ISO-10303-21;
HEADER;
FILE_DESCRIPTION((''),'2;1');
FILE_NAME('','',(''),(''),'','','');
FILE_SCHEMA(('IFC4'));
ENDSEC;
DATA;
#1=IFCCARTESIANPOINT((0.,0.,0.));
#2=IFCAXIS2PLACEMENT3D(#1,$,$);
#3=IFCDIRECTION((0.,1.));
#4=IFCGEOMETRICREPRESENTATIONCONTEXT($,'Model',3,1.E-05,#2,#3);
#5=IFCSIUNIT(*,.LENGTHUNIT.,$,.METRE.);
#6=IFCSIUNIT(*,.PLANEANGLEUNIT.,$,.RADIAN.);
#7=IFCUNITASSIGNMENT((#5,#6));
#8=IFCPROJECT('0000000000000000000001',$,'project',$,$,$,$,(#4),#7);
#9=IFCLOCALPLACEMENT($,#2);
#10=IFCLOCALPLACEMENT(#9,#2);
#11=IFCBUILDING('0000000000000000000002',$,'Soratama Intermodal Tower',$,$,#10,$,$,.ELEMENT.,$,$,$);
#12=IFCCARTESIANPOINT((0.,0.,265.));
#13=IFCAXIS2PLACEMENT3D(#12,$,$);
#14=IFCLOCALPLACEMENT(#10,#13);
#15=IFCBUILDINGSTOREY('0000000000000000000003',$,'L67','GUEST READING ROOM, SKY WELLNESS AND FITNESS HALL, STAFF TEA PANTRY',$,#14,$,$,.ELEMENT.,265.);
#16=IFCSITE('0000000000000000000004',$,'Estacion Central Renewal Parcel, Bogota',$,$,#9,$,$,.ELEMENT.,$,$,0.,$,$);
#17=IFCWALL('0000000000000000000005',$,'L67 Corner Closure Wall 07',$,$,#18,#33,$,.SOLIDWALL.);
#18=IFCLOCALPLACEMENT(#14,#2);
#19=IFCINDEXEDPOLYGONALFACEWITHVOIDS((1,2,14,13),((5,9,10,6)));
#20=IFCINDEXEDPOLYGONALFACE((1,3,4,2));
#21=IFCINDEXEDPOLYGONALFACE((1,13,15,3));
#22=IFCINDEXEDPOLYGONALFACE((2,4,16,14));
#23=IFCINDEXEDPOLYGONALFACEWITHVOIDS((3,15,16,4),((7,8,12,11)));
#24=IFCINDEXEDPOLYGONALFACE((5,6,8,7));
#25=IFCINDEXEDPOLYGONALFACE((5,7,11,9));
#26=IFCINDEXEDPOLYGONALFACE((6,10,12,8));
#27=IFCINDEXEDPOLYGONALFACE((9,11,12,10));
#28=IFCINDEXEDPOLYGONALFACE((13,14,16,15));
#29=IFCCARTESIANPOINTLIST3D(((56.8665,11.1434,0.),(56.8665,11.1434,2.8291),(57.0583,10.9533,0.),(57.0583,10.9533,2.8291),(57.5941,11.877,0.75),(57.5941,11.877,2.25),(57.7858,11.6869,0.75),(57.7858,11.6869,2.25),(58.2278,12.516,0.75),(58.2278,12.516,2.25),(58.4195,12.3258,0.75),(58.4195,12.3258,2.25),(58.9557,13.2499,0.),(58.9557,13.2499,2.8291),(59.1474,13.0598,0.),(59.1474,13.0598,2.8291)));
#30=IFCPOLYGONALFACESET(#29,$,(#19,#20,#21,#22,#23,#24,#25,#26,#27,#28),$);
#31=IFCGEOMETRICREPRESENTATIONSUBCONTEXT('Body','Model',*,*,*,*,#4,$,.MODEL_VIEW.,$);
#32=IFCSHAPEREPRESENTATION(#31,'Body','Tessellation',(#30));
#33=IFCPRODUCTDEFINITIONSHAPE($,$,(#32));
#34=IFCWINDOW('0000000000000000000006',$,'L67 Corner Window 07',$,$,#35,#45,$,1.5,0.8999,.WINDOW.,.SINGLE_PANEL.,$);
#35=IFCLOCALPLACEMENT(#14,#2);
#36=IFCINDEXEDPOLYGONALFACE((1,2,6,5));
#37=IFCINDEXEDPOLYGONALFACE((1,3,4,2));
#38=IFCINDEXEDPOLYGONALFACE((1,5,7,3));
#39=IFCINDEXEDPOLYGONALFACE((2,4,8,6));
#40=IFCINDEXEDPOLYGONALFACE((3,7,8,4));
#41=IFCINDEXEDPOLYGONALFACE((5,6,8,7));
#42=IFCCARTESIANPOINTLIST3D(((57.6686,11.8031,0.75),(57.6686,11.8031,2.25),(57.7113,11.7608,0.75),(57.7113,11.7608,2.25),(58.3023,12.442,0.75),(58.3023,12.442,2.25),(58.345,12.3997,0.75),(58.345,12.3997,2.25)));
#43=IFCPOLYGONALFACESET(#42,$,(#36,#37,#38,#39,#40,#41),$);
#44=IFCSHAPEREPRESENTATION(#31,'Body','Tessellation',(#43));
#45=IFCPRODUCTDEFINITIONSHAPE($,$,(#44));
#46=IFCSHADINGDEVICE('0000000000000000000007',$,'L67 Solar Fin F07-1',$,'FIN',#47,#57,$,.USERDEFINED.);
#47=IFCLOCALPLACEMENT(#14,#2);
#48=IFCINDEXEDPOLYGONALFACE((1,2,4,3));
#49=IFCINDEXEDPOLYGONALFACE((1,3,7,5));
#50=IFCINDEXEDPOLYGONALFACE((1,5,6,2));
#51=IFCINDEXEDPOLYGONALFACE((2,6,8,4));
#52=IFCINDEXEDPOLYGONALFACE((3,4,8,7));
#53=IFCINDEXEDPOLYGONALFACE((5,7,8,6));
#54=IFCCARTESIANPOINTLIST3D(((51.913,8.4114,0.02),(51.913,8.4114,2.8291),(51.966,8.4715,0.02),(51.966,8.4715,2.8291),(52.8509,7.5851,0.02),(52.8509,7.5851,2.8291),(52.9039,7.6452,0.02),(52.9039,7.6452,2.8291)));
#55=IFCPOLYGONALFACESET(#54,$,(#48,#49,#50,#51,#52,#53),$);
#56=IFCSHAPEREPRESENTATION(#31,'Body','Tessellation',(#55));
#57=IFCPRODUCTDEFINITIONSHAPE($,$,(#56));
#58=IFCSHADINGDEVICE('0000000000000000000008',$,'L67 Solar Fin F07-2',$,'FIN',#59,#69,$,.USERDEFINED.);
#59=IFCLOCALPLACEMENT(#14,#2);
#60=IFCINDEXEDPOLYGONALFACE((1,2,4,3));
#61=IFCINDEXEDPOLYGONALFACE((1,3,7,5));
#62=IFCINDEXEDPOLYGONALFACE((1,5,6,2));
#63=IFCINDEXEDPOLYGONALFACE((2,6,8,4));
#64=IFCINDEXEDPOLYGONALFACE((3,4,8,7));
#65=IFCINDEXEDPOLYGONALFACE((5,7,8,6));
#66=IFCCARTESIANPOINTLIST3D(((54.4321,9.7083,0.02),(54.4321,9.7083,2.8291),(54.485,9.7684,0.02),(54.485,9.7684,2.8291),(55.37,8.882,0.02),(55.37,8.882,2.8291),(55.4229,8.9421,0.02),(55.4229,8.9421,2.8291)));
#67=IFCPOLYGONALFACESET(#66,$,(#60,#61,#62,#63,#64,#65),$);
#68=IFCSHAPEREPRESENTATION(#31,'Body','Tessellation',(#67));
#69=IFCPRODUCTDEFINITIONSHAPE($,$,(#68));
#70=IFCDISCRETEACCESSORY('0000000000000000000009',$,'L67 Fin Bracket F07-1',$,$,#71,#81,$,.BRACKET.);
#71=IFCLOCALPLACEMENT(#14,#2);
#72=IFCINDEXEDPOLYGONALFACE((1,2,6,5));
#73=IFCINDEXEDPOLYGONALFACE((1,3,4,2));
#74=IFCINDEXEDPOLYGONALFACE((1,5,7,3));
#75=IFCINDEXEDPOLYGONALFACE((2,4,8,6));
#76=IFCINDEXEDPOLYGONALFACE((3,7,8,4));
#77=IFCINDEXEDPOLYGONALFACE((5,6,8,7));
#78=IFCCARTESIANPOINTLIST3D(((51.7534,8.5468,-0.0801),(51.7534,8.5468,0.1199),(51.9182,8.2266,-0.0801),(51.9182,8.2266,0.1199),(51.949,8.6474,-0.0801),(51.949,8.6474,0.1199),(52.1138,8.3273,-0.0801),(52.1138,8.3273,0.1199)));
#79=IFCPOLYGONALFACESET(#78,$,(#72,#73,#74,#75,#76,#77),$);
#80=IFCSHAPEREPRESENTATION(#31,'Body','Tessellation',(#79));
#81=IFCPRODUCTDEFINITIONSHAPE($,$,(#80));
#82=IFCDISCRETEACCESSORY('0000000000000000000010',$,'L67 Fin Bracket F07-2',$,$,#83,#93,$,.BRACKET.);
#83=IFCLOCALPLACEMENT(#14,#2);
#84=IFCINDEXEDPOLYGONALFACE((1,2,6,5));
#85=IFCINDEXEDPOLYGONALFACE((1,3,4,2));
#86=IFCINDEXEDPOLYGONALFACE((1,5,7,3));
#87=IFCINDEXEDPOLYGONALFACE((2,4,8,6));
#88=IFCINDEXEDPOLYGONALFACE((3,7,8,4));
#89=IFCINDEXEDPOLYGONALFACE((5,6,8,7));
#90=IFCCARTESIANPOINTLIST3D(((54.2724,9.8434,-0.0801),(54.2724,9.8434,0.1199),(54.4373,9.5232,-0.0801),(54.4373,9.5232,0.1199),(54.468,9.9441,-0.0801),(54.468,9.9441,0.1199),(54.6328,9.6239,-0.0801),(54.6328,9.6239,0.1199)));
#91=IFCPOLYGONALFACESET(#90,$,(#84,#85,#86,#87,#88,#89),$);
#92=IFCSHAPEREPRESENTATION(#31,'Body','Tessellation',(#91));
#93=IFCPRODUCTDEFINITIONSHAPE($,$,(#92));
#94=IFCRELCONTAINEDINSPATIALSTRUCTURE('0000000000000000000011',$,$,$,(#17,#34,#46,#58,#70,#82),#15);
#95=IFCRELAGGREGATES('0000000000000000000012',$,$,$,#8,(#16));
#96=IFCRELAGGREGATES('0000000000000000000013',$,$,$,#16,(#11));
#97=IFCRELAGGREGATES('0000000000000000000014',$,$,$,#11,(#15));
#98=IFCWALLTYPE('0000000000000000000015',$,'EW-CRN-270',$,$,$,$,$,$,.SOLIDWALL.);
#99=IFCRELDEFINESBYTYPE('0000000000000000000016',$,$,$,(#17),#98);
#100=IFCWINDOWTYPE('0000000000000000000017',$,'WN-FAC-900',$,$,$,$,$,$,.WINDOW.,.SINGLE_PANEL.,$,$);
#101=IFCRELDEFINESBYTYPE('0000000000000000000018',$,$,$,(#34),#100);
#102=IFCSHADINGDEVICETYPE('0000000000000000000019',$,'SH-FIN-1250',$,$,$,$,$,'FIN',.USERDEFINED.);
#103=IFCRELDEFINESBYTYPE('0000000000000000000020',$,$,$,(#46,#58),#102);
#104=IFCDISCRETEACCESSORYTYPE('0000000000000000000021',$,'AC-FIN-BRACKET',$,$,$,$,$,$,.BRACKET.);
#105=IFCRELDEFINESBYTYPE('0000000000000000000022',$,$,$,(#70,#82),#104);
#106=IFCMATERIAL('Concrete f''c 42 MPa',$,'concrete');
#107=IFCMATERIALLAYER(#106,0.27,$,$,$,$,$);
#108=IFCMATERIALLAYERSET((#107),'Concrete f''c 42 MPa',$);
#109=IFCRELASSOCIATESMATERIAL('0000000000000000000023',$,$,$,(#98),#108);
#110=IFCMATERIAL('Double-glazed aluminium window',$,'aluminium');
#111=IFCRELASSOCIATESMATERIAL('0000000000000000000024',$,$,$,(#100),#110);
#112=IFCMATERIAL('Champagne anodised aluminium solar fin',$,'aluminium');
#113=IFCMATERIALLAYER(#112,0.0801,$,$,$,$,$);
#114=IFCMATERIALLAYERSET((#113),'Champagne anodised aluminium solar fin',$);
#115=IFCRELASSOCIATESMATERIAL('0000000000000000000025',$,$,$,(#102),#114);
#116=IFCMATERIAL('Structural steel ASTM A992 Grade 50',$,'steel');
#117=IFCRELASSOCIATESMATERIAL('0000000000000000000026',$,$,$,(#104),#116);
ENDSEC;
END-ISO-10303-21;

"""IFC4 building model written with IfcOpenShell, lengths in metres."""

from ifc_helpers import new_model, si_unit, direction, frame, frame_2d, origin, origin_2d, place, context, subcontext, project, spatial, rectangle, extrude, material, layer, layer_set, type_object, element, fill, save


model = new_model("IFC4")

# Units and contexts
model_context = context("Model", 3, precision=1e-05, world=origin(), true_north=direction((0.0, 1.0)))
body_context = subcontext(model_context, "Body", "Model", "MODEL_VIEW")
ifc_project = project(units=[si_unit("LENGTHUNIT", "METRE"), si_unit("PLANEANGLEUNIT", "RADIAN")], contexts=[model_context])

# Site, building, storey
site_placement = place(None, origin())
site = spatial("IfcSite", under=ifc_project, at=site_placement, Name="Estacion Central Renewal Parcel, Bogota", CompositionType="ELEMENT", RefElevation=0.0)
building_placement = place(site_placement, origin())
building = spatial("IfcBuilding", under=site, at=building_placement, Name="Soratama Intermodal Tower", CompositionType="ELEMENT")
storey_placement = place(building_placement, frame((0.0, 0.0, 265.0)))
storey = spatial("IfcBuildingStorey", under=building, at=storey_placement, Name="L67", Description="GUEST READING ROOM, SKY WELLNESS AND FITNESS HALL, STAFF TEA PANTRY", CompositionType="ELEMENT", Elevation=265.0)

# Wall, opening, window
ifc_material_1 = material(Name="Concrete f'c 42 MPa", Category="concrete")
ifc_layer_1 = layer(ifc_material_1, 0.27)
ifc_layer_set_1 = layer_set([ifc_layer_1], Name="Concrete f'c 42 MPa")
wall_type = type_object("IfcWallType", Name="EW-CRN-270", PredefinedType="SOLIDWALL", material=ifc_layer_set_1)
wall_placement = place(storey_placement, frame((56.9624, 11.0483, 0.0), z_axis=(0.0, 0.0, 1.0), x_axis=(0.704179, 0.710022, 0.0)))
wall = element("IfcWall", 1, at=wall_placement, inside=storey, type_object=wall_type, Name="L67 Corner Closure Wall 07", PredefinedType="SOLIDWALL", context=body_context, shape_type="SweptSolid", body=[
    extrude(rectangle(XDim=2.9668, YDim=0.27, at=frame_2d((1.4834, 0.0))), origin(), (0.0, 0.0, 1.0), 2.8291),
])
opening_placement = place(wall_placement, frame((1.0332, 0.0, 0.75)))
opening = element("IfcOpeningElement", 2, at=opening_placement, cuts=wall, PredefinedType="OPENING", context=body_context, shape_type="SweptSolid", body=[
    extrude(rectangle(XDim=0.8999, YDim=1.5, at=frame_2d((0.45, 0.75))), frame((0.0, 0.145, 0.0), z_axis=(0.0, -1.0, 0.0), x_axis=(1.0, 0.0, 0.0)), (0.0, 0.0, 1.0), 0.29),
])
ifc_material_2 = material(Name="Double-glazed aluminium window", Category="aluminium")
window_type = type_object("IfcWindowType", Name="WN-FAC-900", PartitioningType="SINGLE_PANEL", PredefinedType="WINDOW", material=ifc_material_2)
window_placement = place(opening_placement, origin())
window = element("IfcWindow", 3, at=window_placement, inside=storey, type_object=window_type, Name="L67 Corner Window 07", OverallHeight=1.5, OverallWidth=0.8999, PartitioningType="SINGLE_PANEL", PredefinedType="WINDOW", context=body_context, shape_type="SweptSolid", body=[
    extrude(rectangle(XDim=0.8999, YDim=1.5, at=frame_2d((0.45, 0.75))), frame((0.0, 0.03, 0.0), z_axis=(0.0, -1.0, 0.0), x_axis=(1.0, 0.0, 0.0)), (0.0, 0.0, 1.0), 0.0601),
])
fill(opening, window)

# Shading devices
ifc_material_3 = material(Name="Champagne anodised aluminium solar fin", Category="aluminium")
ifc_layer_2 = layer(ifc_material_3, 0.0801)
ifc_layer_set_2 = layer_set([ifc_layer_2], Name="Champagne anodised aluminium solar fin")
shading_device_type = type_object("IfcShadingDeviceType", Name="SH-FIN-1250", ElementType="FIN", PredefinedType="USERDEFINED", material=ifc_layer_set_2)
for number, where, z_axis, x_axis, name in (
    (4, (52.4084, 8.0283, 0.02), (0.0, 0.0, 1.0), (0.750342, -0.66105, 0.0), "L67 Solar Fin F07-1"),
    (5, (54.9275, 9.3252, 0.02), (0.0, 0.0, 1.0), (0.750342, -0.66105, 0.0), "L67 Solar Fin F07-2"),
):
    element("IfcShadingDevice", number, at=place(storey_placement, frame(where, z_axis=z_axis, x_axis=x_axis)), inside=storey, type_object=shading_device_type, Name=name, ObjectType="FIN", PredefinedType="USERDEFINED", context=body_context, shape_type="SweptSolid", body=[
        extrude(rectangle(XDim=1.25, YDim=0.0801, at=origin_2d()), origin(), (0.0, 0.0, 1.0), 2.8091),
    ])

# Discrete accessories
ifc_material_4 = material(Name="Structural steel ASTM A992 Grade 50", Category="steel")
discrete_accessory_type = type_object("IfcDiscreteAccessoryType", Name="AC-FIN-BRACKET", PredefinedType="BRACKET", material=ifc_material_4)
for number, where, z_axis, x_axis, name in (
    (6, (51.9336, 8.437, -0.0801), (0.0, 0.0, 1.0), (0.457719, -0.889097, 0.0), "L67 Fin Bracket F07-1"),
    (7, (54.4526, 9.7336, -0.0801), (0.0, 0.0, 1.0), (0.457719, -0.889097, 0.0), "L67 Fin Bracket F07-2"),
):
    element("IfcDiscreteAccessory", number, at=place(storey_placement, frame(where, z_axis=z_axis, x_axis=x_axis)), inside=storey, type_object=discrete_accessory_type, Name=name, PredefinedType="BRACKET", context=body_context, shape_type="SweptSolid", body=[
        extrude(rectangle(XDim=0.3601, YDim=0.22, at=origin_2d()), origin(), (0.0, 0.0, 1.0), 0.2),
    ])

save(model, "model.ifc")
